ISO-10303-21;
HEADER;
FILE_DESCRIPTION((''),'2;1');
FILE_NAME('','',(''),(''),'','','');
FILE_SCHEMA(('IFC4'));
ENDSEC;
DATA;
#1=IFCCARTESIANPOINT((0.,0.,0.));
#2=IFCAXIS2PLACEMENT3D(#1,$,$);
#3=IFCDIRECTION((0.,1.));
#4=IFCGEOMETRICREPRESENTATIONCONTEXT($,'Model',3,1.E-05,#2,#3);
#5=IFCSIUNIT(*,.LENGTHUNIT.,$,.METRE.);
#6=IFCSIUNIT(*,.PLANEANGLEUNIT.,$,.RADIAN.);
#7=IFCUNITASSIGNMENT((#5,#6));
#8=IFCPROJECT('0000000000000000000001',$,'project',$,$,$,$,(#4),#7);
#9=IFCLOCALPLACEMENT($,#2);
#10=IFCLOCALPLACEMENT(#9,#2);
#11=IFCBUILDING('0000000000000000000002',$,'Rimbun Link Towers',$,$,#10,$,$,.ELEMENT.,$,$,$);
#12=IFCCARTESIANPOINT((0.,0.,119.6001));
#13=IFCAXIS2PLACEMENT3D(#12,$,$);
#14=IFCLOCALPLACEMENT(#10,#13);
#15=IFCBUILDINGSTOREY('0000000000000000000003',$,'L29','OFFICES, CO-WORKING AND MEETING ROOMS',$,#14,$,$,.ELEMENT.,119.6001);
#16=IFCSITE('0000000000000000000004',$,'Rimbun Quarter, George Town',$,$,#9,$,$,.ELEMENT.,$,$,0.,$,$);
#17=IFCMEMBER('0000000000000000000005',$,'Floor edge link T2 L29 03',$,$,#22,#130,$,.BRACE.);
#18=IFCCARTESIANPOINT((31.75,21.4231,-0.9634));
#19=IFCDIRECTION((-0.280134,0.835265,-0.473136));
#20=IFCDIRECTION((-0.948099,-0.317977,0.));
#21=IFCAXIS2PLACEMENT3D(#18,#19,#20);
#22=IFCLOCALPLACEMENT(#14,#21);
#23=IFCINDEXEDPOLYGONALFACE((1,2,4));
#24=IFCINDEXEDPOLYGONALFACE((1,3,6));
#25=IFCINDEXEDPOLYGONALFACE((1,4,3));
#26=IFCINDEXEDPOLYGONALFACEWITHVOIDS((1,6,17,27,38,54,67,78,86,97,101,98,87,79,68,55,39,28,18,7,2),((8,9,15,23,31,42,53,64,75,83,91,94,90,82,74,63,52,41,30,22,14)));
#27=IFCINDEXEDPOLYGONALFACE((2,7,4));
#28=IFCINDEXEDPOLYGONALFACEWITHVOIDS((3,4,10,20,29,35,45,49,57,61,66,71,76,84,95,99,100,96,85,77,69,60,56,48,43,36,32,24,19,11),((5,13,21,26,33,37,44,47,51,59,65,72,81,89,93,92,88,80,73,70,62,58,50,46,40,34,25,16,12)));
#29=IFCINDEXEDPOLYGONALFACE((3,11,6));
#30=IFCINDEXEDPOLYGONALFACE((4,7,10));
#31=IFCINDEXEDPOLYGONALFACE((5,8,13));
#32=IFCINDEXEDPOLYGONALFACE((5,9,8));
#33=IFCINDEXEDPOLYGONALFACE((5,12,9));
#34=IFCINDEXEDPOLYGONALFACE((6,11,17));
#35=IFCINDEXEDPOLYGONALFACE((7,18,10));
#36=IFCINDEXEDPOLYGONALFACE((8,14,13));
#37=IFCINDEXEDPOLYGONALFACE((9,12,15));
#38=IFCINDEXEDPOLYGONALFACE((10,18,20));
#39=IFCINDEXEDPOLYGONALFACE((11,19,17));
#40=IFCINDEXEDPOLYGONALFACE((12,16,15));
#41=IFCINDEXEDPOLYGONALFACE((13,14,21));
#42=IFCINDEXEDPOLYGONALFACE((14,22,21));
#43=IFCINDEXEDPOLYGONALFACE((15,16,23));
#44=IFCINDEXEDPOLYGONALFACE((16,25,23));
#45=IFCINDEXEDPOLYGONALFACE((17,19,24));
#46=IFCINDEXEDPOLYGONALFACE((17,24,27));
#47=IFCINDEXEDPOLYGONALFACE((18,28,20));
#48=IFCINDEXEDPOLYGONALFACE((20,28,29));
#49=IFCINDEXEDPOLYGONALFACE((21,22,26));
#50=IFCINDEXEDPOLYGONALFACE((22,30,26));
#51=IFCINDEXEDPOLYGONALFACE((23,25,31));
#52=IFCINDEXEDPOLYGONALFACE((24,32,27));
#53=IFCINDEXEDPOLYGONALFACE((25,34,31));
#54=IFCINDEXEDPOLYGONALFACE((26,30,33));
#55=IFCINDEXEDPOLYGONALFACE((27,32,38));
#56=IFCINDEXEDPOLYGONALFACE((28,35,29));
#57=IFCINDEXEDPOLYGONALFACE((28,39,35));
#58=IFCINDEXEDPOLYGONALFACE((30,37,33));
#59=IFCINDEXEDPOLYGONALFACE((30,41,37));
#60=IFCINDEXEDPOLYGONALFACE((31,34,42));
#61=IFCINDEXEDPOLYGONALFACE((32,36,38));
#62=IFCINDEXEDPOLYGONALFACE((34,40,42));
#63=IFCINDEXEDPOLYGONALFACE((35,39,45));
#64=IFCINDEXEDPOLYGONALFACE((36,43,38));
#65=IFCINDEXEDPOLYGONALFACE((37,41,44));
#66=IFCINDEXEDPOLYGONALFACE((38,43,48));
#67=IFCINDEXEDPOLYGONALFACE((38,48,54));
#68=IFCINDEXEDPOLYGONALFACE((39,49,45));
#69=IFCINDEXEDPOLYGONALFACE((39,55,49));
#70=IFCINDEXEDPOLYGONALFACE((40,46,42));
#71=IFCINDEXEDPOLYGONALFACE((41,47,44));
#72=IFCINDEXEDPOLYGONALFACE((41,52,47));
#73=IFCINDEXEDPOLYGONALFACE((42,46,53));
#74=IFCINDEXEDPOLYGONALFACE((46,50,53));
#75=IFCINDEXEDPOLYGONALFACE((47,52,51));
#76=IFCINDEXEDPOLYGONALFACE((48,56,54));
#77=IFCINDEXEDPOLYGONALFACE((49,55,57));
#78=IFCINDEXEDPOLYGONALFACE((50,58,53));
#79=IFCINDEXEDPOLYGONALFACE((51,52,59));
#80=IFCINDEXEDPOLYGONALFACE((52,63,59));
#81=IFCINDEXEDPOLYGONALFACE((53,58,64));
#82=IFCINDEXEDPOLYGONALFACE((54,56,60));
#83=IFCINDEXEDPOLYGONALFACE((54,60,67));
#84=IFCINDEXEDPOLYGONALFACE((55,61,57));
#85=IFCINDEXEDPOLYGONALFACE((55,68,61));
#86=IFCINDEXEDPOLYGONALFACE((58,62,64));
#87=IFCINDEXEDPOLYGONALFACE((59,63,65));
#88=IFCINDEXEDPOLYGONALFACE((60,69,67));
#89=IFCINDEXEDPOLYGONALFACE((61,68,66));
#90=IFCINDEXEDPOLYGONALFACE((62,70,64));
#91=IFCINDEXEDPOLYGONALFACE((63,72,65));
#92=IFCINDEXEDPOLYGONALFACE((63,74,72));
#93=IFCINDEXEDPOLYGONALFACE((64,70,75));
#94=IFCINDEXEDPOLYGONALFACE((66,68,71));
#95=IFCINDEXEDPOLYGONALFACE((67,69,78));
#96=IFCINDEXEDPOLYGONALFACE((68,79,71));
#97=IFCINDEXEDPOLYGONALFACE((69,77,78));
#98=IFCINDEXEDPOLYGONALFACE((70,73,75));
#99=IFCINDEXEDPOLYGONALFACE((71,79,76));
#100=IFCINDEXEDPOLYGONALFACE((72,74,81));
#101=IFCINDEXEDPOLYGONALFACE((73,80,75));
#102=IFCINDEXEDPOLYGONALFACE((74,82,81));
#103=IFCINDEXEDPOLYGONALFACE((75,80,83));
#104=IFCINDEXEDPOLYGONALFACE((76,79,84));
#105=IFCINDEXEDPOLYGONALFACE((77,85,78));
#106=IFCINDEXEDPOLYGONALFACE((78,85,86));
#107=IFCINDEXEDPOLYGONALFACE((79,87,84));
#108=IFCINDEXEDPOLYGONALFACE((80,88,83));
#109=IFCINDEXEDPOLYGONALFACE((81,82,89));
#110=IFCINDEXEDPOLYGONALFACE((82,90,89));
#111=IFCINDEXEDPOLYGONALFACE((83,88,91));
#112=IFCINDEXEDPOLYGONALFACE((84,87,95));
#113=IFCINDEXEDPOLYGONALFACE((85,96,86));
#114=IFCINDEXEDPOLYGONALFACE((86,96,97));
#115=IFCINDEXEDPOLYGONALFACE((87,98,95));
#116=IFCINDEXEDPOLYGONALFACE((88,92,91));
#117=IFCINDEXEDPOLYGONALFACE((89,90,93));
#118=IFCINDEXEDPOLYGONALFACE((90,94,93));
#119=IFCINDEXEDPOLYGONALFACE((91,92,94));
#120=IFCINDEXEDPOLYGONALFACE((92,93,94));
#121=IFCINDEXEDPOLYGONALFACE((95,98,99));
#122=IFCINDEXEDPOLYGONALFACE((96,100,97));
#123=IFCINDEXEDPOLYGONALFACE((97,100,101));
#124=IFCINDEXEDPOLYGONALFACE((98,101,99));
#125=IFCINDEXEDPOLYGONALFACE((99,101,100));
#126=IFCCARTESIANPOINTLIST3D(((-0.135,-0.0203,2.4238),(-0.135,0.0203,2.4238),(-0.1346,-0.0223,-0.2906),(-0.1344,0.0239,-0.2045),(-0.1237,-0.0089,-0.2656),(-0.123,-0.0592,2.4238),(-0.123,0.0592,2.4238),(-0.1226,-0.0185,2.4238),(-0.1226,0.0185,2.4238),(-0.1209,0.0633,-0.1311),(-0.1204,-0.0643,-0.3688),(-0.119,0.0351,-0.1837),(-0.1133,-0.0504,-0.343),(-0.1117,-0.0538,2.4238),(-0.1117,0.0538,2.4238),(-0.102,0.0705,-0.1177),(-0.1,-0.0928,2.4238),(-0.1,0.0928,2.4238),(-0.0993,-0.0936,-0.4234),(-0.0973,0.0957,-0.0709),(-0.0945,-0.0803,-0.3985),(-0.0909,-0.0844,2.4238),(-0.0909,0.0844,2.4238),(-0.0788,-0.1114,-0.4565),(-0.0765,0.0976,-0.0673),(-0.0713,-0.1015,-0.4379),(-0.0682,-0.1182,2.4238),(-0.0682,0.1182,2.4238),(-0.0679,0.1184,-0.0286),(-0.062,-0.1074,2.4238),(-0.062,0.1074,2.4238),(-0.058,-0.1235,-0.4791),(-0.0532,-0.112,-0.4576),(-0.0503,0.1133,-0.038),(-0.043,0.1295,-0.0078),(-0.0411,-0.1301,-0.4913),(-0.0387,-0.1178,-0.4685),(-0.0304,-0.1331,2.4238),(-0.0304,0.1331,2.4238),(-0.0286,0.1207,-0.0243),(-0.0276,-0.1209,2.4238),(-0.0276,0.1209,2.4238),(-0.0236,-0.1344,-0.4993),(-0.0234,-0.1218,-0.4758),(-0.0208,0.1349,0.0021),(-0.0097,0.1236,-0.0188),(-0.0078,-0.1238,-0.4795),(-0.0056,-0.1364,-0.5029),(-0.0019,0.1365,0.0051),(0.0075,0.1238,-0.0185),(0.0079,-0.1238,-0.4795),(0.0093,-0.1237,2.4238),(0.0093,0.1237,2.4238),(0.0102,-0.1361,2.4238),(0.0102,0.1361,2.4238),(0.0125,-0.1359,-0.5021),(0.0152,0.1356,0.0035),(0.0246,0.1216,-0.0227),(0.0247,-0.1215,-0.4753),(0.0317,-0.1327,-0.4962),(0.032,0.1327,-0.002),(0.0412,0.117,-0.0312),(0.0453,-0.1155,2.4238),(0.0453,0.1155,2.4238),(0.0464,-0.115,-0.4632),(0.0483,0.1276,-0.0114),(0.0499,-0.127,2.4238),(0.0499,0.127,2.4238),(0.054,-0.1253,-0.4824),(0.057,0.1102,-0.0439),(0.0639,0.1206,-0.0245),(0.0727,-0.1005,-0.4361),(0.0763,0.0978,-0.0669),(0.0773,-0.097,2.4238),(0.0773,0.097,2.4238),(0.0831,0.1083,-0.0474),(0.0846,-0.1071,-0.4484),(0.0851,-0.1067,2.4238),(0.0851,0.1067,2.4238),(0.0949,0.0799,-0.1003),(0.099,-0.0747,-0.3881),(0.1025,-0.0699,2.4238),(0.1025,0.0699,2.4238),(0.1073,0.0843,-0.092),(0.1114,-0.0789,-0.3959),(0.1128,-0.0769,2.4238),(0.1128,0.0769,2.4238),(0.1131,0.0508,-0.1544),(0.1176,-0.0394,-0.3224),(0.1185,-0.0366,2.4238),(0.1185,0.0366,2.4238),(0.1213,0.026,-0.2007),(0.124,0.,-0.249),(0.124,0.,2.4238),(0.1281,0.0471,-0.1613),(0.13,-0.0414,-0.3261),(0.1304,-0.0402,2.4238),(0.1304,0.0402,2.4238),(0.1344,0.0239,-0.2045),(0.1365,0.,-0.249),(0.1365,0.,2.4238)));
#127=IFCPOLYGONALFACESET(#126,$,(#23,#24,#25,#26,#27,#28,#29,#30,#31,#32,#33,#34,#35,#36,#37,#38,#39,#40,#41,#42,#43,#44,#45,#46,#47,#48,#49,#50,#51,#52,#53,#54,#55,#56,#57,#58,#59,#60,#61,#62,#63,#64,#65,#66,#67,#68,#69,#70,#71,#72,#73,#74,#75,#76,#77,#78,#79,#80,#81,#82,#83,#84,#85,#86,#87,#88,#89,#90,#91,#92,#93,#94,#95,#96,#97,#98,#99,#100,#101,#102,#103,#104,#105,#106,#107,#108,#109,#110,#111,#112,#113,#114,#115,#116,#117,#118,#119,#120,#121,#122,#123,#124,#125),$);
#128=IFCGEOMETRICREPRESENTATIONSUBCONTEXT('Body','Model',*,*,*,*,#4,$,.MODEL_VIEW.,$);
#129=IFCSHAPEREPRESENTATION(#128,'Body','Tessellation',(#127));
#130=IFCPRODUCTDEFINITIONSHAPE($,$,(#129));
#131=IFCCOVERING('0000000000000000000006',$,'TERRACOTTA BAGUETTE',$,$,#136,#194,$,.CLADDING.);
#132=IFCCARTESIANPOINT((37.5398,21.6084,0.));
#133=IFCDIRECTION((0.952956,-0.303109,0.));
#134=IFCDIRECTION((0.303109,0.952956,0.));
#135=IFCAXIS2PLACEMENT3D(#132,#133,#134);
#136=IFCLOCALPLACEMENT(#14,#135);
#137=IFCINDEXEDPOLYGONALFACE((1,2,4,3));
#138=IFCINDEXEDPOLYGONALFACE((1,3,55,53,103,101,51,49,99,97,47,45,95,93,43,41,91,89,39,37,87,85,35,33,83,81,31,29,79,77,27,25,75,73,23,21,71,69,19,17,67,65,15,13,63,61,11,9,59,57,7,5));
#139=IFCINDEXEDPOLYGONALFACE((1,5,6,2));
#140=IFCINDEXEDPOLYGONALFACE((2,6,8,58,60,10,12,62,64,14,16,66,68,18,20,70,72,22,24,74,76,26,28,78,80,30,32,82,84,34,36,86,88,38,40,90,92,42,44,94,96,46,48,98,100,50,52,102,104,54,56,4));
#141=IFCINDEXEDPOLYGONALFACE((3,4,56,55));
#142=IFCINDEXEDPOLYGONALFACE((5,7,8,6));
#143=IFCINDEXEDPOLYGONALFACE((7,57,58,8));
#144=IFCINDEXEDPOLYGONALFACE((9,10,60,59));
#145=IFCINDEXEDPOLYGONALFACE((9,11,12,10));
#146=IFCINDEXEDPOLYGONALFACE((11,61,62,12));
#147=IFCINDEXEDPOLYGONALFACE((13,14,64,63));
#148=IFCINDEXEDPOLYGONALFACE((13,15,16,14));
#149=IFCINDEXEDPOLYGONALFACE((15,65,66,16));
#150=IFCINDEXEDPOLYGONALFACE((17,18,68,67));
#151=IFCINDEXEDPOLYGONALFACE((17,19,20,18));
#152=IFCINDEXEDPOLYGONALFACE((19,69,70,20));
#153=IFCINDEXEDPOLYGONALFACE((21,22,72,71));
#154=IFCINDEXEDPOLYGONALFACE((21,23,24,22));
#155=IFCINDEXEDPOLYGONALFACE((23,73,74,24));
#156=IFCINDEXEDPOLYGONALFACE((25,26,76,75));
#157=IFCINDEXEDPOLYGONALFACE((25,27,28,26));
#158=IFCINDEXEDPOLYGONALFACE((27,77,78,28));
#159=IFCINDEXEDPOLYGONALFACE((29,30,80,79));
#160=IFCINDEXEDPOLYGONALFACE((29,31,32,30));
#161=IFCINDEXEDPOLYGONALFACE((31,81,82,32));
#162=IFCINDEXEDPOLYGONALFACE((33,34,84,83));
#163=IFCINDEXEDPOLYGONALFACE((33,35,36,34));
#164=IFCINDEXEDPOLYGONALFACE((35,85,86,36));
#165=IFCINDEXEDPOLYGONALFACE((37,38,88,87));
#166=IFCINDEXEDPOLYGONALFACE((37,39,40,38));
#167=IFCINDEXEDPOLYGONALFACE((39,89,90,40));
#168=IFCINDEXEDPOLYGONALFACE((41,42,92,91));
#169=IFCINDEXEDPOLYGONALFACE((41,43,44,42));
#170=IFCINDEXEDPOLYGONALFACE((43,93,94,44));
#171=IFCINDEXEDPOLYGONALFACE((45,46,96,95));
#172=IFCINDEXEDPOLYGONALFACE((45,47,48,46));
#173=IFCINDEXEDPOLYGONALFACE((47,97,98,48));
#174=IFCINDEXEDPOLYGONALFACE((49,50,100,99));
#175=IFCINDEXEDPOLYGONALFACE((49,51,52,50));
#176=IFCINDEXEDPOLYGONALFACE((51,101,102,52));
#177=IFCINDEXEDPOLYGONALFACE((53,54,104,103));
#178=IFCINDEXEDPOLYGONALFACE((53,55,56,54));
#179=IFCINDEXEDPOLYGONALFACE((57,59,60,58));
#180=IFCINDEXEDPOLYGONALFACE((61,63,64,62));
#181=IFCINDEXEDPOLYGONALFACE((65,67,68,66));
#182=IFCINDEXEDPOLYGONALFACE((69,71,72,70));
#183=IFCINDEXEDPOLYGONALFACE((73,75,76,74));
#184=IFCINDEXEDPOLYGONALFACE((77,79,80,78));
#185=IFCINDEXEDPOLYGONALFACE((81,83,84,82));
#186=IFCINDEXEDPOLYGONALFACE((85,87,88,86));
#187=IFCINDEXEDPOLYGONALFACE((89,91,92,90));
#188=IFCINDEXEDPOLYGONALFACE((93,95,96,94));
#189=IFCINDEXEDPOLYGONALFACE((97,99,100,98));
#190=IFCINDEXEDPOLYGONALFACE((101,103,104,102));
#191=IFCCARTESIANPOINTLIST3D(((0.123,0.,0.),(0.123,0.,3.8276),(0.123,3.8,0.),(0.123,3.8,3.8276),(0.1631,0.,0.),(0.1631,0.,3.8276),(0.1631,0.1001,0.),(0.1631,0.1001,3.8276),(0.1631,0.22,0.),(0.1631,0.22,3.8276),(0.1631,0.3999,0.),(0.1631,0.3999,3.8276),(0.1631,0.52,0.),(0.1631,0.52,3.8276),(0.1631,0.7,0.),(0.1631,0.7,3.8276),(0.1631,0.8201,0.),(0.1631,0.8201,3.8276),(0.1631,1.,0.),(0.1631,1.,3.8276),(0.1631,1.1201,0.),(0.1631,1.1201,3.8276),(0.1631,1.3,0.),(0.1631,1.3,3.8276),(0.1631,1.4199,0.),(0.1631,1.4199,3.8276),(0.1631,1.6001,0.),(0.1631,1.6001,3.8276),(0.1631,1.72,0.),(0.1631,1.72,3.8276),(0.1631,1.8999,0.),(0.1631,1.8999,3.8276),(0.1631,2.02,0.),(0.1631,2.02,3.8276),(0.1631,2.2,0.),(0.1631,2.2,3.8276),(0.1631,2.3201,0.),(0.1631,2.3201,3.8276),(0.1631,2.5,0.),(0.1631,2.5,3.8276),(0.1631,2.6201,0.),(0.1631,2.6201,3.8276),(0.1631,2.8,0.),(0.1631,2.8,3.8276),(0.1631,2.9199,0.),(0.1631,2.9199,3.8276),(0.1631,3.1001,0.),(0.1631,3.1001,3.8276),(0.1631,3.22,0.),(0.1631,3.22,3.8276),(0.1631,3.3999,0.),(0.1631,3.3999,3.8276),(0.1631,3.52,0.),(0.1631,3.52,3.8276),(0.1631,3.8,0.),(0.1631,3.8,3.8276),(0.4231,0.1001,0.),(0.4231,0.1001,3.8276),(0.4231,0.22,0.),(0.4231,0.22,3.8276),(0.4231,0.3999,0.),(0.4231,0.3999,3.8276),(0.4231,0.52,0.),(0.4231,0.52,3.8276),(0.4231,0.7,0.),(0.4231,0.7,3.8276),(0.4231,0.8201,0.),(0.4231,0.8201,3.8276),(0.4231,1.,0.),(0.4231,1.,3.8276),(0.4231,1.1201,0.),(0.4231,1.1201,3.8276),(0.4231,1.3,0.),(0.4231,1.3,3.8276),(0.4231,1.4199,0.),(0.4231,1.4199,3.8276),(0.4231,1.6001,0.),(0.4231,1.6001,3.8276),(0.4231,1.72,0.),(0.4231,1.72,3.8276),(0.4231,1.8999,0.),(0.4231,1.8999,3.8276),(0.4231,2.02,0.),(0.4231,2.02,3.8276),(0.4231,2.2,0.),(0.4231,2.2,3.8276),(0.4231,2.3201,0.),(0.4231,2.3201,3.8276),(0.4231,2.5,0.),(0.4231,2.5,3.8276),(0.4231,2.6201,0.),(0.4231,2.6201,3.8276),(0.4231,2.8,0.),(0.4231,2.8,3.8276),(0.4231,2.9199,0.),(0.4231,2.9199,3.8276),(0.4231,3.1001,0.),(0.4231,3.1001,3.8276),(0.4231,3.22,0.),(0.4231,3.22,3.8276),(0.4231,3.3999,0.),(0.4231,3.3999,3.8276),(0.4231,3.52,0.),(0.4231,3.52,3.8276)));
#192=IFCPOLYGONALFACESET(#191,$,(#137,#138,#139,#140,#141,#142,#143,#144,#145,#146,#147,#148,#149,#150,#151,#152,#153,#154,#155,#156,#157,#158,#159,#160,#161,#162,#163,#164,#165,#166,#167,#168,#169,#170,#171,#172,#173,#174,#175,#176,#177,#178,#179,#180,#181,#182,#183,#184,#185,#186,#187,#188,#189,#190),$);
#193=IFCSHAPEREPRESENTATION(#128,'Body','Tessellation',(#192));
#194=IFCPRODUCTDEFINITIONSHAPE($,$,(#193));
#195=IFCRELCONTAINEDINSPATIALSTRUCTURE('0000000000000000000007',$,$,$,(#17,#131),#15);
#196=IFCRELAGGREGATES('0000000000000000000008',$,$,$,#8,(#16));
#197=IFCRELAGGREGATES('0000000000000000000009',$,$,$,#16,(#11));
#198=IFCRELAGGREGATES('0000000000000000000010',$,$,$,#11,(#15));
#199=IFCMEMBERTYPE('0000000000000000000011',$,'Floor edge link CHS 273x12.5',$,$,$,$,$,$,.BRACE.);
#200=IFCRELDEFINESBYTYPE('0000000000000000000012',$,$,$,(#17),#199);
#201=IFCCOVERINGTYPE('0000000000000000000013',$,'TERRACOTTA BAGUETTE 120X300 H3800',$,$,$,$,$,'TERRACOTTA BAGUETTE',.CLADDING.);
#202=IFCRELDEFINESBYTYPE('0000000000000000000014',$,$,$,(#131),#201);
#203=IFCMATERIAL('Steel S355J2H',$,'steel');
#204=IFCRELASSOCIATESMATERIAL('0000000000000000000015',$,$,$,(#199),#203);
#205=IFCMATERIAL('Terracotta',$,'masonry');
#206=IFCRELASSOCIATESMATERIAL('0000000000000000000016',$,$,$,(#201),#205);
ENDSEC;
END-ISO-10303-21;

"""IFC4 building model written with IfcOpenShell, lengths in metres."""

from ifc_helpers import new_model, si_unit, direction, frame, origin, origin_2d, place, context, subcontext, project, spatial, polyline, hollow_circle, outline, extrude, clip, halfspace, material, material_profile, profile_set, type_object, element, save


model = new_model("IFC4")

# Units and contexts
model_context = context("Model", 3, precision=1e-05, world=origin(), true_north=direction((0.0, 1.0)))
body_context = subcontext(model_context, "Body", "Model", "MODEL_VIEW")
ifc_project = project(units=[si_unit("LENGTHUNIT", "METRE"), si_unit("PLANEANGLEUNIT", "RADIAN")], contexts=[model_context])

# Site, building, storey
site_placement = place(None, origin())
site = spatial("IfcSite", under=ifc_project, at=site_placement, Name="Rimbun Quarter, George Town", CompositionType="ELEMENT", RefElevation=0.0)
building_placement = place(site_placement, origin())
building = spatial("IfcBuilding", under=site, at=building_placement, Name="Rimbun Link Towers", CompositionType="ELEMENT")
storey_placement = place(building_placement, frame((0.0, 0.0, 119.6001)))
storey = spatial("IfcBuildingStorey", under=building, at=storey_placement, Name="L29", Description="OFFICES, CO-WORKING AND MEETING ROOMS", CompositionType="ELEMENT", Elevation=119.6001)

# Member
ifc_material_1 = material(Name="Steel S355J2H", Category="steel")
ifc_material_profile_1 = material_profile(ifc_material_1, hollow_circle(Radius=0.1365, WallThickness=0.0125, at=origin_2d()), Name="CHS 273x12.5")
ifc_profile_set_1 = profile_set([ifc_material_profile_1], Name="Steel S355J2H")
member_type_1 = type_object("IfcMemberType", Name="Floor edge link CHS 273x12.5", PredefinedType="BRACE", material=ifc_profile_set_1)
member_1_placement = place(storey_placement, frame((31.75, 21.4231, -0.9634), z_axis=(-0.280134, 0.835265, -0.473136), x_axis=(-0.948099, -0.317977, 0.0)))
element("IfcMember", 1, at=member_1_placement, inside=storey, type_object=member_type_1, Name="Floor edge link T2 L29 03", PredefinedType="BRACE", context=body_context, shape_type="Clipping", body=[
    clip(extrude(hollow_circle(Radius=0.1365, WallThickness=0.0125, at=origin_2d()), frame((0.0, 0.0, -0.5293)), (0.0, 0.0, 1.0), 2.9531), halfspace(frame((0.0, 0.0, -0.249), z_axis=(0.0, 0.88099, -0.473136)), False)),
])

# Covering
ifc_material_2 = material(Name="Terracotta", Category="masonry")
ifc_material_profile_2 = material_profile(ifc_material_2, outline(polyline([(0.123, 0.0), (0.1631, 0.0), (0.1631, 0.1001), (0.4231, 0.1001), (0.4231, 0.22), (0.1631, 0.22), (0.1631, 0.3999), (0.4231, 0.3999), (0.4231, 0.52), (0.1631, 0.52), (0.1631, 0.7), (0.4231, 0.7), (0.4231, 0.8201), (0.1631, 0.8201), (0.1631, 1.0), (0.4231, 1.0), (0.4231, 1.1201), (0.1631, 1.1201), (0.1631, 1.3), (0.4231, 1.3), (0.4231, 1.4199), (0.1631, 1.4199), (0.1631, 1.6001), (0.4231, 1.6001), (0.4231, 1.72), (0.1631, 1.72), (0.1631, 1.8999), (0.4231, 1.8999), (0.4231, 2.02), (0.1631, 2.02), (0.1631, 2.2), (0.4231, 2.2), (0.4231, 2.3201), (0.1631, 2.3201), (0.1631, 2.5), (0.4231, 2.5), (0.4231, 2.6201), (0.1631, 2.6201), (0.1631, 2.8), (0.4231, 2.8), (0.4231, 2.9199), (0.1631, 2.9199), (0.1631, 3.1001), (0.4231, 3.1001), (0.4231, 3.22), (0.1631, 3.22), (0.1631, 3.3999), (0.4231, 3.3999), (0.4231, 3.52), (0.1631, 3.52), (0.1631, 3.8), (0.123, 3.8), (0.123, 0.0)])), Name="BAGUETTE 120X300")
ifc_profile_set_2 = profile_set([ifc_material_profile_2], Name="Terracotta")
covering_type = type_object("IfcCoveringType", Name="TERRACOTTA BAGUETTE 120X300 H3800", ElementType="TERRACOTTA BAGUETTE", PredefinedType="CLADDING", material=ifc_profile_set_2)
covering_1_placement = place(storey_placement, frame((37.5398, 21.6084, 0.0), z_axis=(0.952956, -0.303109, 0.0), x_axis=(0.303109, 0.952956, 0.0)))
element("IfcCovering", 2, at=covering_1_placement, inside=storey, type_object=covering_type, Name="TERRACOTTA BAGUETTE", PredefinedType="CLADDING", context=body_context, shape_type="SweptSolid", body=[
    extrude(outline(polyline([(0.123, 0.0), (0.1631, 0.0), (0.1631, 0.1001), (0.4231, 0.1001), (0.4231, 0.22), (0.1631, 0.22), (0.1631, 0.3999), (0.4231, 0.3999), (0.4231, 0.52), (0.1631, 0.52), (0.1631, 0.7), (0.4231, 0.7), (0.4231, 0.8201), (0.1631, 0.8201), (0.1631, 1.0), (0.4231, 1.0), (0.4231, 1.1201), (0.1631, 1.1201), (0.1631, 1.3), (0.4231, 1.3), (0.4231, 1.4199), (0.1631, 1.4199), (0.1631, 1.6001), (0.4231, 1.6001), (0.4231, 1.72), (0.1631, 1.72), (0.1631, 1.8999), (0.4231, 1.8999), (0.4231, 2.02), (0.1631, 2.02), (0.1631, 2.2), (0.4231, 2.2), (0.4231, 2.3201), (0.1631, 2.3201), (0.1631, 2.5), (0.4231, 2.5), (0.4231, 2.6201), (0.1631, 2.6201), (0.1631, 2.8), (0.4231, 2.8), (0.4231, 2.9199), (0.1631, 2.9199), (0.1631, 3.1001), (0.4231, 3.1001), (0.4231, 3.22), (0.1631, 3.22), (0.1631, 3.3999), (0.4231, 3.3999), (0.4231, 3.52), (0.1631, 3.52), (0.1631, 3.8), (0.123, 3.8), (0.123, 0.0)])), origin(), (0.0, 0.0, 1.0), 3.8276),
])

save(model, "model.ifc")
